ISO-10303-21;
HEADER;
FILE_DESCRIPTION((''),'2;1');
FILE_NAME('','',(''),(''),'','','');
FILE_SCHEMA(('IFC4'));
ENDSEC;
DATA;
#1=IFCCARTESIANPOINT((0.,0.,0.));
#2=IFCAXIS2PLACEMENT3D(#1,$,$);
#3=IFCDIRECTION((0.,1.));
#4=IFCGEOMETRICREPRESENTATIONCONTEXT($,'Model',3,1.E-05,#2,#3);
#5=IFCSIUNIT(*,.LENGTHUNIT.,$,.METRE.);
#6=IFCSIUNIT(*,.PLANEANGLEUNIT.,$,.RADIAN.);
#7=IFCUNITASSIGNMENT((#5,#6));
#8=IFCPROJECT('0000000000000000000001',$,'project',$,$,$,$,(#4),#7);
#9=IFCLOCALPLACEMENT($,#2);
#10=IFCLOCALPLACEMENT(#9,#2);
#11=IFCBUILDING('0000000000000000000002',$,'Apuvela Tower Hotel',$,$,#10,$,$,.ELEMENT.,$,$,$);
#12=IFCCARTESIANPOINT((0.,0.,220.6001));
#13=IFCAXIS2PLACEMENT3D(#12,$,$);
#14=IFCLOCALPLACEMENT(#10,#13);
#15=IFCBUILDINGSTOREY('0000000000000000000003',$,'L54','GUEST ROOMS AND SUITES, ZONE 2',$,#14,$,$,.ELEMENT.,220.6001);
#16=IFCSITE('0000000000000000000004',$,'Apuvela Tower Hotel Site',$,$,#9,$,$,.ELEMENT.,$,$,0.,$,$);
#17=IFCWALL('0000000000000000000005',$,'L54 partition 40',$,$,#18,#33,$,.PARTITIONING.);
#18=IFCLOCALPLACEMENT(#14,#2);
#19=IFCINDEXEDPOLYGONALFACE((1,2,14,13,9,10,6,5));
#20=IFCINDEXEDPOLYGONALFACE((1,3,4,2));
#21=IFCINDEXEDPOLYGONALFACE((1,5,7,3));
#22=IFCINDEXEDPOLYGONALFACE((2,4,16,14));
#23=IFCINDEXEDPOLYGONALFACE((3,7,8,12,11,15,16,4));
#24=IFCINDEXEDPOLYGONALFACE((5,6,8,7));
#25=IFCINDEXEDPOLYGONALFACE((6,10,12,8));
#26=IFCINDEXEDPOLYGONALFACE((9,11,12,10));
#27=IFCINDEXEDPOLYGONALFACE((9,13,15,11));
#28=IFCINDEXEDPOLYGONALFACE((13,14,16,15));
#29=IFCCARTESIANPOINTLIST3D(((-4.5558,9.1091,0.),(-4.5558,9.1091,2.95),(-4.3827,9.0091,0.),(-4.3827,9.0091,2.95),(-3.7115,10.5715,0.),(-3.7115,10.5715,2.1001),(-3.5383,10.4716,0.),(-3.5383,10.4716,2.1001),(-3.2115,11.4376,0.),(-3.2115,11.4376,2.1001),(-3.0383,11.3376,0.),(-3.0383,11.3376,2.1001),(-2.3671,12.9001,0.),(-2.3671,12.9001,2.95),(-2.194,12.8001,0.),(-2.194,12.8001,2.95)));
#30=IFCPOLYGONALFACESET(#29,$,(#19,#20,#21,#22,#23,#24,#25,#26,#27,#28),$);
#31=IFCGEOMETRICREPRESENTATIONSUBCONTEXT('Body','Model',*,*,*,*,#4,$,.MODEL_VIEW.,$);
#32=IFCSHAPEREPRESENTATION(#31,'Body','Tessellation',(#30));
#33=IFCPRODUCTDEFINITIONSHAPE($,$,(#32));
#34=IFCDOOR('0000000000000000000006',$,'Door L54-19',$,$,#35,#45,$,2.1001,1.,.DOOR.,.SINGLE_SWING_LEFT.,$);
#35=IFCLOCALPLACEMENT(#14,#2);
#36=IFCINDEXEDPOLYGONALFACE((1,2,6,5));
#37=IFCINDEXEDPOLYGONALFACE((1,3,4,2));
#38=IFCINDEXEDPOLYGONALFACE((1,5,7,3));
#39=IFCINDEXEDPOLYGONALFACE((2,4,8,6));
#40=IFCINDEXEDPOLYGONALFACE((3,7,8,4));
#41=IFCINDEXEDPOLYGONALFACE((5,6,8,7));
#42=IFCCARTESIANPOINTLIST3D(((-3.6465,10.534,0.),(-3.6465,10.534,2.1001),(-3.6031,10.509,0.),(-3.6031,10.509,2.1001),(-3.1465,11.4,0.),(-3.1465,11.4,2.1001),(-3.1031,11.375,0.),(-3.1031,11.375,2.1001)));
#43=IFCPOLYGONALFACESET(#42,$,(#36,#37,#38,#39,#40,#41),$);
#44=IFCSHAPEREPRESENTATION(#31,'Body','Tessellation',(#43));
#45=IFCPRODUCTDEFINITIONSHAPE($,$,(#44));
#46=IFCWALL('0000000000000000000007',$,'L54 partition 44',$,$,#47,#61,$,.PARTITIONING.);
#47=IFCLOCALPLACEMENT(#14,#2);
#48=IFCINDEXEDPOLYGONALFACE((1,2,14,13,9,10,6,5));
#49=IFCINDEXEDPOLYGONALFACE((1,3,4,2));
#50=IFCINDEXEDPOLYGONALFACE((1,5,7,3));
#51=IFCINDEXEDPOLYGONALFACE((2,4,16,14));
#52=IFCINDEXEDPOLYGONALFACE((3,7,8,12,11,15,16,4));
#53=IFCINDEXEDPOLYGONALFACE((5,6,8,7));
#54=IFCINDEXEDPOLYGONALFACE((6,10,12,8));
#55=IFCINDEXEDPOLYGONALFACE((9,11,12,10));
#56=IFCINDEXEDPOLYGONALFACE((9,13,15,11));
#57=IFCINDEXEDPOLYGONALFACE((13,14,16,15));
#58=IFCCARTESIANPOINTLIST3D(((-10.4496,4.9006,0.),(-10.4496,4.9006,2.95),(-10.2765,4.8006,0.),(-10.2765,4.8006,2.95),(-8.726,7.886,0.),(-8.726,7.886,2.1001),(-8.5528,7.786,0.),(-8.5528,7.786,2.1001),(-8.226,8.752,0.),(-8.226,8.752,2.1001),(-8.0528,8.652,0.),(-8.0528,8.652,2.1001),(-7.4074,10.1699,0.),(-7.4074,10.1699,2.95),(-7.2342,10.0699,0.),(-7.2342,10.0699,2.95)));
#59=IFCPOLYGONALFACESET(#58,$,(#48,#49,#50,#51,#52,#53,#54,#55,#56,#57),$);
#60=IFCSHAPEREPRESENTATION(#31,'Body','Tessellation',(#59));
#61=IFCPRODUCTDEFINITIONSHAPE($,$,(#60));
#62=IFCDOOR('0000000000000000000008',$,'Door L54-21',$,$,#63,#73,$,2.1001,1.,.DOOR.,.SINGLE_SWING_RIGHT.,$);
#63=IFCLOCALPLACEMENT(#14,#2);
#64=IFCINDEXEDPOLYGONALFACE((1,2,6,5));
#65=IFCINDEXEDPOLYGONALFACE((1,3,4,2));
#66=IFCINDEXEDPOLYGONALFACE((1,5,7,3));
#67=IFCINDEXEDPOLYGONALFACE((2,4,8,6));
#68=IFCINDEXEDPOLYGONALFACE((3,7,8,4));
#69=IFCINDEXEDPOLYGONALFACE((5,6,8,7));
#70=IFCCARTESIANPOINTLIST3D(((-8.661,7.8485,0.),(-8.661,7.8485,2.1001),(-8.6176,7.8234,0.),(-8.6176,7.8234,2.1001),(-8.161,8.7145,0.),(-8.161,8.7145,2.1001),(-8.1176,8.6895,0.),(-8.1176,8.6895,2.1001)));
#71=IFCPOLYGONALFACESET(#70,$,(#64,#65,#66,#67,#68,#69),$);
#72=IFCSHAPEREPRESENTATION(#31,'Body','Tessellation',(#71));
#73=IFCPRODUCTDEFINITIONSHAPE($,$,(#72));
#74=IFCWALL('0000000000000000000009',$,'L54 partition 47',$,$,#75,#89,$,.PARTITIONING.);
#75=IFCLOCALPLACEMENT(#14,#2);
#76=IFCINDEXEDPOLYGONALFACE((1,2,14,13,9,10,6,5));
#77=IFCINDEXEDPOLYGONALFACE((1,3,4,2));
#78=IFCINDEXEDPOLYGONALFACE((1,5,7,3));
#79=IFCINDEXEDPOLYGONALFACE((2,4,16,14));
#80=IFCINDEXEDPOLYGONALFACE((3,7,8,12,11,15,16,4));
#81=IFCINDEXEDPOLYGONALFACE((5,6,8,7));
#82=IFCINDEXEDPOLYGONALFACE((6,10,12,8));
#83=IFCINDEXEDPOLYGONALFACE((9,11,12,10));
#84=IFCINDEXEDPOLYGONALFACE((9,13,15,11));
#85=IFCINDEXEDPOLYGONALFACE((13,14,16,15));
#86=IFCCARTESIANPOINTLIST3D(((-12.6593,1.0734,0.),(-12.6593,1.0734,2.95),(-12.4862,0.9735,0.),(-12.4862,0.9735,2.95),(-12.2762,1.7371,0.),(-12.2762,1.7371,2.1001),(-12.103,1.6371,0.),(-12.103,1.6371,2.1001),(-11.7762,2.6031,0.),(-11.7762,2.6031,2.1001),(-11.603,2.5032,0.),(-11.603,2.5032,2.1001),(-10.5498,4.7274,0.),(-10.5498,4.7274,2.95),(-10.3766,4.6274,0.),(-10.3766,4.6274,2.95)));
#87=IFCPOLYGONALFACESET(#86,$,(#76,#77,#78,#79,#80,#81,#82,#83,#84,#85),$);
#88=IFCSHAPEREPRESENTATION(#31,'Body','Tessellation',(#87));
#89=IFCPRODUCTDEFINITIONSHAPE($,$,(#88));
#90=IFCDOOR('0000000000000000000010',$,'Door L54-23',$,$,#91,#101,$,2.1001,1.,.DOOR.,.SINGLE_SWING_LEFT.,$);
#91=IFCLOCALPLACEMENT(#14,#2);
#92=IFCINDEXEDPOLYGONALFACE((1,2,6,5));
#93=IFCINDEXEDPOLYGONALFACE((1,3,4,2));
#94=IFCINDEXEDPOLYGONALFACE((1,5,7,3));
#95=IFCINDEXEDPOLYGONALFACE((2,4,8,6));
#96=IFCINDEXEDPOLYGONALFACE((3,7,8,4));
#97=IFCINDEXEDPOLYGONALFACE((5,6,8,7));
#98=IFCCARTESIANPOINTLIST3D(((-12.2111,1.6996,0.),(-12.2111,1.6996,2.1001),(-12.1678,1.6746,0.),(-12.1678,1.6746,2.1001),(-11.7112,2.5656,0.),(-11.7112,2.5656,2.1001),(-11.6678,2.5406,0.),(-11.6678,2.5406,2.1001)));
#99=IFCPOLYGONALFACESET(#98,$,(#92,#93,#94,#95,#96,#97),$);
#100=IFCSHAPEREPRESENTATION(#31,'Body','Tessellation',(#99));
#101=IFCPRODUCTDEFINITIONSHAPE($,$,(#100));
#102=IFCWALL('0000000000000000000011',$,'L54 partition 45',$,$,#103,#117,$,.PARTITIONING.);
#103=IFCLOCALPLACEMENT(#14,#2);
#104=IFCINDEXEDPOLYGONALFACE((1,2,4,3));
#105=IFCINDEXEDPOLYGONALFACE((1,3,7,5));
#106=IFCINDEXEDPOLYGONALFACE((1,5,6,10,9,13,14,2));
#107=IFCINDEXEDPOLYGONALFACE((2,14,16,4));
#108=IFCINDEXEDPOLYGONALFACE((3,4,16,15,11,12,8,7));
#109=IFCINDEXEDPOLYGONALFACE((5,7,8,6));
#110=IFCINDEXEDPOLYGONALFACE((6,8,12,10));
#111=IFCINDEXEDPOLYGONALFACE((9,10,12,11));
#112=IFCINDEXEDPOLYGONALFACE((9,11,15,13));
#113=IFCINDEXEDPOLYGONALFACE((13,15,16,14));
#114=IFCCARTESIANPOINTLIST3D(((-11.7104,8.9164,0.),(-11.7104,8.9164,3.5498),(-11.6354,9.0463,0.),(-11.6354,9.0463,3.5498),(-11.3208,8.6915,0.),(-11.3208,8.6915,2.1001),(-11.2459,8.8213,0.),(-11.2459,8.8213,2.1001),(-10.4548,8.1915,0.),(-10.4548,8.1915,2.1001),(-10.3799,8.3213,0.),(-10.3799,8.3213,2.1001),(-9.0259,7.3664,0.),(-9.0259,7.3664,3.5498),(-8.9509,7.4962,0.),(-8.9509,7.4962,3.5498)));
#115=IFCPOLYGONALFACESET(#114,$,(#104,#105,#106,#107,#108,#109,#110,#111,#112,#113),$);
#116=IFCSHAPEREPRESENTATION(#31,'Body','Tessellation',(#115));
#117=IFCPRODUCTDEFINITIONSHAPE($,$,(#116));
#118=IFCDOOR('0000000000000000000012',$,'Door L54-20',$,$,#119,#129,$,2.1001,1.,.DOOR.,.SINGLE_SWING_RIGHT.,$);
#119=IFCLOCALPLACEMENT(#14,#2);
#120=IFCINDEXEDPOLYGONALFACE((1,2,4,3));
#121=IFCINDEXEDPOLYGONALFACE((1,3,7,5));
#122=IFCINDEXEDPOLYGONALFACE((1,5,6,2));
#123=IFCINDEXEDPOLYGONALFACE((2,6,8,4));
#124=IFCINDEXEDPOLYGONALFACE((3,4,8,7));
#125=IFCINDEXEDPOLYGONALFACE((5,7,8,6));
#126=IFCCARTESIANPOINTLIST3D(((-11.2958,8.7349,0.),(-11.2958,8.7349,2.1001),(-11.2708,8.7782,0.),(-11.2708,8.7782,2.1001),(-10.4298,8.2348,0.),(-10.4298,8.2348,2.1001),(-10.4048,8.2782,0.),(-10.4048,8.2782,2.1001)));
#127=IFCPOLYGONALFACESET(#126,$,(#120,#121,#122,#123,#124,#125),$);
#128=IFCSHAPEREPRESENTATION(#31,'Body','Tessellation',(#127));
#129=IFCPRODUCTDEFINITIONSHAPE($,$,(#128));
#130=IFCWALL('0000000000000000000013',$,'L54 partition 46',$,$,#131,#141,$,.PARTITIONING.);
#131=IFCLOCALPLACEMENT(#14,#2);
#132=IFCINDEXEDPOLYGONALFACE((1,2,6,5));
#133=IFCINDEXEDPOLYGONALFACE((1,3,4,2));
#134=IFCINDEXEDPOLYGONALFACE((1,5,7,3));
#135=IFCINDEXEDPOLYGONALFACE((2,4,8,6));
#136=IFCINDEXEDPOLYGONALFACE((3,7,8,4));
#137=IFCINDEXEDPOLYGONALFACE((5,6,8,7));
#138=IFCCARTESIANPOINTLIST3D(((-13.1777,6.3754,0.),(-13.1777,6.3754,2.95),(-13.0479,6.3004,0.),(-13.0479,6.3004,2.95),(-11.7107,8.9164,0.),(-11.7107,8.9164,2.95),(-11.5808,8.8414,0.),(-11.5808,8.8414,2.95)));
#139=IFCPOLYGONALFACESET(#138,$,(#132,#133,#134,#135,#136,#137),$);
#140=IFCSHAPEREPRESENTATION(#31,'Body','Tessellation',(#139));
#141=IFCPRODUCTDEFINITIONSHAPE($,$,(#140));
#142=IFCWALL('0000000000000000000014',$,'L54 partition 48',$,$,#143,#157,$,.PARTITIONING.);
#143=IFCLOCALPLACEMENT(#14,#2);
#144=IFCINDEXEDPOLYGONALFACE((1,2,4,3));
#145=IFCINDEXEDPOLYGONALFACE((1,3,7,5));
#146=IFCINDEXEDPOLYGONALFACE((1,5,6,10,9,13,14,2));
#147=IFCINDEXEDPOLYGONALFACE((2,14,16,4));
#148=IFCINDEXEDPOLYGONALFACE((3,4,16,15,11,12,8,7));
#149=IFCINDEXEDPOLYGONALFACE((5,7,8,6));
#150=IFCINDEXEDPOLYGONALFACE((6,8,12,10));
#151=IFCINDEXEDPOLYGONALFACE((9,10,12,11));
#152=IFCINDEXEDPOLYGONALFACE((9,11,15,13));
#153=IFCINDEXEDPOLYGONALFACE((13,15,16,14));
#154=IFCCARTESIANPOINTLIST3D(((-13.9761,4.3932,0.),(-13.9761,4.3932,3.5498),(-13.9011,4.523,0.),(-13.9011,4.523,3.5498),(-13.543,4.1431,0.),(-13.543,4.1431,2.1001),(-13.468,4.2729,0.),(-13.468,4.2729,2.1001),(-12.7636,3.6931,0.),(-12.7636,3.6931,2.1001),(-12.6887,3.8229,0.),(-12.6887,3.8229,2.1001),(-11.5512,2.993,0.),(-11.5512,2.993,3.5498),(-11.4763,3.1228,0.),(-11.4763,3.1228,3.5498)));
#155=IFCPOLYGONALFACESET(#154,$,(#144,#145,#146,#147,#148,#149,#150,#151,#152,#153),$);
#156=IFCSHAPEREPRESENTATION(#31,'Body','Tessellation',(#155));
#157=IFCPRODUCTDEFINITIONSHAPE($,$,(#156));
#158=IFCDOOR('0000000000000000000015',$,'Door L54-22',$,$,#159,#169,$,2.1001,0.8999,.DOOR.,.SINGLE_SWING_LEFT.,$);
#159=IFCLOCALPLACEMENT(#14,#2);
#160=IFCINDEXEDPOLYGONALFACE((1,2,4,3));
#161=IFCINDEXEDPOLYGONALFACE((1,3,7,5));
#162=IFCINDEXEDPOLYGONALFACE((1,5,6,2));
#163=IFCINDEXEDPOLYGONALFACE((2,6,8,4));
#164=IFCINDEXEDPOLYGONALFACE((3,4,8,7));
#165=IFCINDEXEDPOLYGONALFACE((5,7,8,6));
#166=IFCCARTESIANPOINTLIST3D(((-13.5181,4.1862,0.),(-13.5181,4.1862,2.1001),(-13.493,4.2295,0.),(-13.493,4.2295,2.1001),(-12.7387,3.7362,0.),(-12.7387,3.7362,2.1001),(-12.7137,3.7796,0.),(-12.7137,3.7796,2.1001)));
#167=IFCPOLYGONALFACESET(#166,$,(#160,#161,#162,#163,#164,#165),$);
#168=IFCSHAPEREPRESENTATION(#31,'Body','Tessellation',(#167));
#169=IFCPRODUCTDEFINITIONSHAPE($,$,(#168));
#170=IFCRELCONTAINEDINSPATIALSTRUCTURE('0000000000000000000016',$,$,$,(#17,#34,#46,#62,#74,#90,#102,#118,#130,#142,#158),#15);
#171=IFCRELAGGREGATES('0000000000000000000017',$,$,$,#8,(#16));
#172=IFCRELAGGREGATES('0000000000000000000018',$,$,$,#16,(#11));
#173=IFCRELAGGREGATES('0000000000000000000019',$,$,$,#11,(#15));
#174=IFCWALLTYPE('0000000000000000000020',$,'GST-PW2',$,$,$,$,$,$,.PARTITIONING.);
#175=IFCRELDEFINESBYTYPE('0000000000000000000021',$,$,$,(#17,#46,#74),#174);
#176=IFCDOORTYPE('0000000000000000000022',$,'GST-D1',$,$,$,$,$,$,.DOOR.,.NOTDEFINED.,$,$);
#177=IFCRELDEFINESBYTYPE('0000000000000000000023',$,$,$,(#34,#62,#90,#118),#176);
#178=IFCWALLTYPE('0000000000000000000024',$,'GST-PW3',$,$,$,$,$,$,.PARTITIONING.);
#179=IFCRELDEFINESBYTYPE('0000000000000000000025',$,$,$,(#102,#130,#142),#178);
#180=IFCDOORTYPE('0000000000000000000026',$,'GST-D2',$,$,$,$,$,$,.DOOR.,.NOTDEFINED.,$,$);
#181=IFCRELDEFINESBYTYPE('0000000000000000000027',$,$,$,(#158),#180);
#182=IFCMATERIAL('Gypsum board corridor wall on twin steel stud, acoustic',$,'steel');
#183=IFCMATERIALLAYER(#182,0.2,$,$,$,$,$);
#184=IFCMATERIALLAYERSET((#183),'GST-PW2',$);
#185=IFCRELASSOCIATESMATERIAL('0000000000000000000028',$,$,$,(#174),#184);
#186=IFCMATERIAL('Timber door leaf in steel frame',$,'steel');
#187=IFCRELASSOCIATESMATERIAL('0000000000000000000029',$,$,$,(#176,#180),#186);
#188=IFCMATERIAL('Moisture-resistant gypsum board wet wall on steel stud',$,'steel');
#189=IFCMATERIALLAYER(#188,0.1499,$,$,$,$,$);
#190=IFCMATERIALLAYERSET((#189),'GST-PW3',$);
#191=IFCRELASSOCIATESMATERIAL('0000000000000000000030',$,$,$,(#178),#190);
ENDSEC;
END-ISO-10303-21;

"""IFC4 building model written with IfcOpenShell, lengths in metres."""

from ifc_helpers import new_model, si_unit, direction, frame, frame_2d, origin, place, context, subcontext, project, spatial, rectangle, extrude, material, layer, layer_set, type_object, element, fill, save


model = new_model("IFC4")

# Units and contexts
model_context = context("Model", 3, precision=1e-05, world=origin(), true_north=direction((0.0, 1.0)))
body_context = subcontext(model_context, "Body", "Model", "MODEL_VIEW")
ifc_project = project(units=[si_unit("LENGTHUNIT", "METRE"), si_unit("PLANEANGLEUNIT", "RADIAN")], contexts=[model_context])

# Site, building, storey
site_placement = place(None, origin())
site = spatial("IfcSite", under=ifc_project, at=site_placement, Name="Apuvela Tower Hotel Site", CompositionType="ELEMENT", RefElevation=0.0)
building_placement = place(site_placement, origin())
building = spatial("IfcBuilding", under=site, at=building_placement, Name="Apuvela Tower Hotel", CompositionType="ELEMENT")
storey_placement = place(building_placement, frame((0.0, 0.0, 220.6001)))
storey = spatial("IfcBuildingStorey", under=building, at=storey_placement, Name="L54", Description="GUEST ROOMS AND SUITES, ZONE 2", CompositionType="ELEMENT", Elevation=220.6001)

# Walls, openings, doors
ifc_material_1 = material(Name="Gypsum board corridor wall on twin steel stud, acoustic", Category="steel")
ifc_layer_1 = layer(ifc_material_1, 0.2)
ifc_layer_set_1 = layer_set([ifc_layer_1], Name="GST-PW2")
wall_type_1 = type_object("IfcWallType", Name="GST-PW2", PredefinedType="PARTITIONING", material=ifc_layer_set_1)
wall_1_placement = place(storey_placement, frame((-4.4692, 9.0591, 0.0), z_axis=(0.0, 0.0, 1.0), x_axis=(0.499996, 0.866028, 0.0)))
wall_1 = element("IfcWall", 1, at=wall_1_placement, inside=storey, type_object=wall_type_1, Name="L54 partition 40", PredefinedType="PARTITIONING", context=body_context, shape_type="SweptSolid", body=[
    extrude(rectangle(XDim=4.3774, YDim=0.2, at=frame_2d((2.1887, 0.0))), origin(), (0.0, 0.0, 1.0), 2.95),
])
opening_1_placement = place(wall_1_placement, frame((1.6887, 0.0, 0.0)))
opening_1 = element("IfcOpeningElement", 2, at=opening_1_placement, cuts=wall_1, PredefinedType="OPENING", context=body_context, shape_type="SweptSolid", body=[
    extrude(rectangle(XDim=1.0, YDim=2.1001, at=frame_2d((0.5, 1.05))), frame((0.0, 0.1099, 0.0), z_axis=(0.0, -1.0, 0.0), x_axis=(1.0, 0.0, 0.0)), (0.0, 0.0, 1.0), 0.22),
])
ifc_material_2 = material(Name="Timber door leaf in steel frame", Category="steel")
door_type_1 = type_object("IfcDoorType", Name="GST-D1", OperationType="NOTDEFINED", PredefinedType="DOOR", material=ifc_material_2)
door_1_placement = place(opening_1_placement, origin())
door_1 = element("IfcDoor", 3, at=door_1_placement, inside=storey, type_object=door_type_1, Name="Door L54-19", OperationType="SINGLE_SWING_LEFT", OverallHeight=2.1001, OverallWidth=1.0, PredefinedType="DOOR", context=body_context, shape_type="SweptSolid", body=[
    extrude(rectangle(XDim=1.0, YDim=2.1001, at=frame_2d((0.5, 1.05))), frame((0.0, 0.0249, 0.0), z_axis=(0.0, -1.0, 0.0), x_axis=(1.0, 0.0, 0.0)), (0.0, 0.0, 1.0), 0.05),
])
fill(opening_1, door_1)
wall_2_placement = place(storey_placement, frame((-10.363, 4.8506, 0.0), z_axis=(0.0, 0.0, 1.0), x_axis=(0.500001, 0.866025, 0.0)))
wall_2 = element("IfcWall", 4, at=wall_2_placement, inside=storey, type_object=wall_type_1, Name="L54 partition 44", PredefinedType="PARTITIONING", context=body_context, shape_type="SweptSolid", body=[
    extrude(rectangle(XDim=6.0845, YDim=0.2, at=frame_2d((3.0422, 0.0))), origin(), (0.0, 0.0, 1.0), 2.95),
])
opening_2_placement = place(wall_2_placement, frame((3.4473, 0.0, 0.0)))
opening_2 = element("IfcOpeningElement", 5, at=opening_2_placement, cuts=wall_2, PredefinedType="OPENING", context=body_context, shape_type="SweptSolid", body=[
    extrude(rectangle(XDim=1.0, YDim=2.1001, at=frame_2d((0.5, 1.05))), frame((0.0, 0.1099, 0.0), z_axis=(0.0, -1.0, 0.0), x_axis=(1.0, 0.0, 0.0)), (0.0, 0.0, 1.0), 0.22),
])
door_2_placement = place(opening_2_placement, origin())
door_2 = element("IfcDoor", 6, at=door_2_placement, inside=storey, type_object=door_type_1, Name="Door L54-21", OperationType="SINGLE_SWING_RIGHT", OverallHeight=2.1001, OverallWidth=1.0, PredefinedType="DOOR", context=body_context, shape_type="SweptSolid", body=[
    extrude(rectangle(XDim=1.0, YDim=2.1001, at=frame_2d((0.5, 1.05))), frame((0.0, 0.0249, 0.0), z_axis=(0.0, -1.0, 0.0), x_axis=(1.0, 0.0, 0.0)), (0.0, 0.0, 1.0), 0.05),
])
fill(opening_2, door_2)
wall_3_placement = place(storey_placement, frame((-12.5728, 1.0234, 0.0), z_axis=(0.0, 0.0, 1.0), x_axis=(0.499991, 0.86603, 0.0)))
wall_3 = element("IfcWall", 7, at=wall_3_placement, inside=storey, type_object=wall_type_1, Name="L54 partition 47", PredefinedType="PARTITIONING", context=body_context, shape_type="SweptSolid", body=[
    extrude(rectangle(XDim=4.2192, YDim=0.2, at=frame_2d((2.1096, 0.0))), origin(), (0.0, 0.0, 1.0), 2.95),
])
opening_3_placement = place(wall_3_placement, frame((0.7664, 0.0, 0.0)))
opening_3 = element("IfcOpeningElement", 8, at=opening_3_placement, cuts=wall_3, PredefinedType="OPENING", context=body_context, shape_type="SweptSolid", body=[
    extrude(rectangle(XDim=1.0, YDim=2.1001, at=frame_2d((0.5, 1.05))), frame((0.0, 0.1099, 0.0), z_axis=(0.0, -1.0, 0.0), x_axis=(1.0, 0.0, 0.0)), (0.0, 0.0, 1.0), 0.22),
])
door_3_placement = place(opening_3_placement, origin())
door_3 = element("IfcDoor", 9, at=door_3_placement, inside=storey, type_object=door_type_1, Name="Door L54-23", OperationType="SINGLE_SWING_LEFT", OverallHeight=2.1001, OverallWidth=1.0, PredefinedType="DOOR", context=body_context, shape_type="SweptSolid", body=[
    extrude(rectangle(XDim=1.0, YDim=2.1001, at=frame_2d((0.5, 1.05))), frame((0.0, 0.0249, 0.0), z_axis=(0.0, -1.0, 0.0), x_axis=(1.0, 0.0, 0.0)), (0.0, 0.0, 1.0), 0.05),
])
fill(opening_3, door_3)
ifc_material_3 = material(Name="Moisture-resistant gypsum board wet wall on steel stud", Category="steel")
ifc_layer_2 = layer(ifc_material_3, 0.1499)
ifc_layer_set_2 = layer_set([ifc_layer_2], Name="GST-PW3")
wall_type_2 = type_object("IfcWallType", Name="GST-PW3", PredefinedType="PARTITIONING", material=ifc_layer_set_2)
wall_4_placement = place(storey_placement, frame((-8.9885, 7.4314, 0.0), z_axis=(0.0, 0.0, 1.0), x_axis=(-0.86601, 0.500027, 0.0)))
wall_4 = element("IfcWall", 10, at=wall_4_placement, inside=storey, type_object=wall_type_2, Name="L54 partition 45", PredefinedType="PARTITIONING", context=body_context, shape_type="SweptSolid", body=[
    extrude(rectangle(XDim=3.0999, YDim=0.1499, at=frame_2d((1.5498, 0.0))), origin(), (0.0, 0.0, 1.0), 3.5498),
])
opening_4_placement = place(wall_4_placement, frame((1.6499, 0.0, 0.0)))
opening_4 = element("IfcOpeningElement", 11, at=opening_4_placement, cuts=wall_4, PredefinedType="OPENING", context=body_context, shape_type="SweptSolid", body=[
    extrude(rectangle(XDim=1.0, YDim=2.1001, at=frame_2d((0.5, 1.05))), frame((0.0, 0.085, 0.0), z_axis=(0.0, -1.0, 0.0), x_axis=(1.0, 0.0, 0.0)), (0.0, 0.0, 1.0), 0.1699),
])
door_4_placement = place(opening_4_placement, origin())
door_4 = element("IfcDoor", 12, at=door_4_placement, inside=storey, type_object=door_type_1, Name="Door L54-20", OperationType="SINGLE_SWING_RIGHT", OverallHeight=2.1001, OverallWidth=1.0, PredefinedType="DOOR", context=body_context, shape_type="SweptSolid", body=[
    extrude(rectangle(XDim=1.0, YDim=2.1001, at=frame_2d((0.5, 1.05))), frame((0.0, 0.0249, 0.0), z_axis=(0.0, -1.0, 0.0), x_axis=(1.0, 0.0, 0.0)), (0.0, 0.0, 1.0), 0.05),
])
fill(opening_4, door_4)

# Wall
wall_5_placement = place(storey_placement, frame((-11.6458, 8.8789, 0.0), z_axis=(0.0, 0.0, 1.0), x_axis=(-0.499996, -0.866028, 0.0)))
element("IfcWall", 13, at=wall_5_placement, inside=storey, type_object=wall_type_2, Name="L54 partition 46", PredefinedType="PARTITIONING", context=body_context, shape_type="SweptSolid", body=[
    extrude(rectangle(XDim=2.9341, YDim=0.1499, at=frame_2d((1.467, 0.0))), origin(), (0.0, 0.0, 1.0), 2.95),
])

# Wall, opening, door
wall_6_placement = place(storey_placement, frame((-13.9385, 4.458, 0.0), z_axis=(0.0, 0.0, 1.0), x_axis=(0.865997, -0.50005, 0.0)))
wall_6 = element("IfcWall", 14, at=wall_6_placement, inside=storey, type_object=wall_type_2, Name="L54 partition 48", PredefinedType="PARTITIONING", context=body_context, shape_type="SweptSolid", body=[
    extrude(rectangle(XDim=2.8, YDim=0.1499, at=frame_2d((1.3999, 0.0))), origin(), (0.0, 0.0, 1.0), 3.5498),
])
opening_5_placement = place(wall_6_placement, frame((0.5, 0.0, 0.0)))
opening_5 = element("IfcOpeningElement", 15, at=opening_5_placement, cuts=wall_6, PredefinedType="OPENING", context=body_context, shape_type="SweptSolid", body=[
    extrude(rectangle(XDim=0.8999, YDim=2.1001, at=frame_2d((0.45, 1.05))), frame((0.0, 0.085, 0.0), z_axis=(0.0, -1.0, 0.0), x_axis=(1.0, 0.0, 0.0)), (0.0, 0.0, 1.0), 0.1699),
])
door_type_2 = type_object("IfcDoorType", Name="GST-D2", OperationType="NOTDEFINED", PredefinedType="DOOR", material=ifc_material_2)
door_5_placement = place(opening_5_placement, origin())
door_5 = element("IfcDoor", 16, at=door_5_placement, inside=storey, type_object=door_type_2, Name="Door L54-22", OperationType="SINGLE_SWING_LEFT", OverallHeight=2.1001, OverallWidth=0.8999, PredefinedType="DOOR", context=body_context, shape_type="SweptSolid", body=[
    extrude(rectangle(XDim=0.8999, YDim=2.1001, at=frame_2d((0.45, 1.05))), frame((0.0, 0.0249, 0.0), z_axis=(0.0, -1.0, 0.0), x_axis=(1.0, 0.0, 0.0)), (0.0, 0.0, 1.0), 0.05),
])
fill(opening_5, door_5)

save(model, "model.ifc")
